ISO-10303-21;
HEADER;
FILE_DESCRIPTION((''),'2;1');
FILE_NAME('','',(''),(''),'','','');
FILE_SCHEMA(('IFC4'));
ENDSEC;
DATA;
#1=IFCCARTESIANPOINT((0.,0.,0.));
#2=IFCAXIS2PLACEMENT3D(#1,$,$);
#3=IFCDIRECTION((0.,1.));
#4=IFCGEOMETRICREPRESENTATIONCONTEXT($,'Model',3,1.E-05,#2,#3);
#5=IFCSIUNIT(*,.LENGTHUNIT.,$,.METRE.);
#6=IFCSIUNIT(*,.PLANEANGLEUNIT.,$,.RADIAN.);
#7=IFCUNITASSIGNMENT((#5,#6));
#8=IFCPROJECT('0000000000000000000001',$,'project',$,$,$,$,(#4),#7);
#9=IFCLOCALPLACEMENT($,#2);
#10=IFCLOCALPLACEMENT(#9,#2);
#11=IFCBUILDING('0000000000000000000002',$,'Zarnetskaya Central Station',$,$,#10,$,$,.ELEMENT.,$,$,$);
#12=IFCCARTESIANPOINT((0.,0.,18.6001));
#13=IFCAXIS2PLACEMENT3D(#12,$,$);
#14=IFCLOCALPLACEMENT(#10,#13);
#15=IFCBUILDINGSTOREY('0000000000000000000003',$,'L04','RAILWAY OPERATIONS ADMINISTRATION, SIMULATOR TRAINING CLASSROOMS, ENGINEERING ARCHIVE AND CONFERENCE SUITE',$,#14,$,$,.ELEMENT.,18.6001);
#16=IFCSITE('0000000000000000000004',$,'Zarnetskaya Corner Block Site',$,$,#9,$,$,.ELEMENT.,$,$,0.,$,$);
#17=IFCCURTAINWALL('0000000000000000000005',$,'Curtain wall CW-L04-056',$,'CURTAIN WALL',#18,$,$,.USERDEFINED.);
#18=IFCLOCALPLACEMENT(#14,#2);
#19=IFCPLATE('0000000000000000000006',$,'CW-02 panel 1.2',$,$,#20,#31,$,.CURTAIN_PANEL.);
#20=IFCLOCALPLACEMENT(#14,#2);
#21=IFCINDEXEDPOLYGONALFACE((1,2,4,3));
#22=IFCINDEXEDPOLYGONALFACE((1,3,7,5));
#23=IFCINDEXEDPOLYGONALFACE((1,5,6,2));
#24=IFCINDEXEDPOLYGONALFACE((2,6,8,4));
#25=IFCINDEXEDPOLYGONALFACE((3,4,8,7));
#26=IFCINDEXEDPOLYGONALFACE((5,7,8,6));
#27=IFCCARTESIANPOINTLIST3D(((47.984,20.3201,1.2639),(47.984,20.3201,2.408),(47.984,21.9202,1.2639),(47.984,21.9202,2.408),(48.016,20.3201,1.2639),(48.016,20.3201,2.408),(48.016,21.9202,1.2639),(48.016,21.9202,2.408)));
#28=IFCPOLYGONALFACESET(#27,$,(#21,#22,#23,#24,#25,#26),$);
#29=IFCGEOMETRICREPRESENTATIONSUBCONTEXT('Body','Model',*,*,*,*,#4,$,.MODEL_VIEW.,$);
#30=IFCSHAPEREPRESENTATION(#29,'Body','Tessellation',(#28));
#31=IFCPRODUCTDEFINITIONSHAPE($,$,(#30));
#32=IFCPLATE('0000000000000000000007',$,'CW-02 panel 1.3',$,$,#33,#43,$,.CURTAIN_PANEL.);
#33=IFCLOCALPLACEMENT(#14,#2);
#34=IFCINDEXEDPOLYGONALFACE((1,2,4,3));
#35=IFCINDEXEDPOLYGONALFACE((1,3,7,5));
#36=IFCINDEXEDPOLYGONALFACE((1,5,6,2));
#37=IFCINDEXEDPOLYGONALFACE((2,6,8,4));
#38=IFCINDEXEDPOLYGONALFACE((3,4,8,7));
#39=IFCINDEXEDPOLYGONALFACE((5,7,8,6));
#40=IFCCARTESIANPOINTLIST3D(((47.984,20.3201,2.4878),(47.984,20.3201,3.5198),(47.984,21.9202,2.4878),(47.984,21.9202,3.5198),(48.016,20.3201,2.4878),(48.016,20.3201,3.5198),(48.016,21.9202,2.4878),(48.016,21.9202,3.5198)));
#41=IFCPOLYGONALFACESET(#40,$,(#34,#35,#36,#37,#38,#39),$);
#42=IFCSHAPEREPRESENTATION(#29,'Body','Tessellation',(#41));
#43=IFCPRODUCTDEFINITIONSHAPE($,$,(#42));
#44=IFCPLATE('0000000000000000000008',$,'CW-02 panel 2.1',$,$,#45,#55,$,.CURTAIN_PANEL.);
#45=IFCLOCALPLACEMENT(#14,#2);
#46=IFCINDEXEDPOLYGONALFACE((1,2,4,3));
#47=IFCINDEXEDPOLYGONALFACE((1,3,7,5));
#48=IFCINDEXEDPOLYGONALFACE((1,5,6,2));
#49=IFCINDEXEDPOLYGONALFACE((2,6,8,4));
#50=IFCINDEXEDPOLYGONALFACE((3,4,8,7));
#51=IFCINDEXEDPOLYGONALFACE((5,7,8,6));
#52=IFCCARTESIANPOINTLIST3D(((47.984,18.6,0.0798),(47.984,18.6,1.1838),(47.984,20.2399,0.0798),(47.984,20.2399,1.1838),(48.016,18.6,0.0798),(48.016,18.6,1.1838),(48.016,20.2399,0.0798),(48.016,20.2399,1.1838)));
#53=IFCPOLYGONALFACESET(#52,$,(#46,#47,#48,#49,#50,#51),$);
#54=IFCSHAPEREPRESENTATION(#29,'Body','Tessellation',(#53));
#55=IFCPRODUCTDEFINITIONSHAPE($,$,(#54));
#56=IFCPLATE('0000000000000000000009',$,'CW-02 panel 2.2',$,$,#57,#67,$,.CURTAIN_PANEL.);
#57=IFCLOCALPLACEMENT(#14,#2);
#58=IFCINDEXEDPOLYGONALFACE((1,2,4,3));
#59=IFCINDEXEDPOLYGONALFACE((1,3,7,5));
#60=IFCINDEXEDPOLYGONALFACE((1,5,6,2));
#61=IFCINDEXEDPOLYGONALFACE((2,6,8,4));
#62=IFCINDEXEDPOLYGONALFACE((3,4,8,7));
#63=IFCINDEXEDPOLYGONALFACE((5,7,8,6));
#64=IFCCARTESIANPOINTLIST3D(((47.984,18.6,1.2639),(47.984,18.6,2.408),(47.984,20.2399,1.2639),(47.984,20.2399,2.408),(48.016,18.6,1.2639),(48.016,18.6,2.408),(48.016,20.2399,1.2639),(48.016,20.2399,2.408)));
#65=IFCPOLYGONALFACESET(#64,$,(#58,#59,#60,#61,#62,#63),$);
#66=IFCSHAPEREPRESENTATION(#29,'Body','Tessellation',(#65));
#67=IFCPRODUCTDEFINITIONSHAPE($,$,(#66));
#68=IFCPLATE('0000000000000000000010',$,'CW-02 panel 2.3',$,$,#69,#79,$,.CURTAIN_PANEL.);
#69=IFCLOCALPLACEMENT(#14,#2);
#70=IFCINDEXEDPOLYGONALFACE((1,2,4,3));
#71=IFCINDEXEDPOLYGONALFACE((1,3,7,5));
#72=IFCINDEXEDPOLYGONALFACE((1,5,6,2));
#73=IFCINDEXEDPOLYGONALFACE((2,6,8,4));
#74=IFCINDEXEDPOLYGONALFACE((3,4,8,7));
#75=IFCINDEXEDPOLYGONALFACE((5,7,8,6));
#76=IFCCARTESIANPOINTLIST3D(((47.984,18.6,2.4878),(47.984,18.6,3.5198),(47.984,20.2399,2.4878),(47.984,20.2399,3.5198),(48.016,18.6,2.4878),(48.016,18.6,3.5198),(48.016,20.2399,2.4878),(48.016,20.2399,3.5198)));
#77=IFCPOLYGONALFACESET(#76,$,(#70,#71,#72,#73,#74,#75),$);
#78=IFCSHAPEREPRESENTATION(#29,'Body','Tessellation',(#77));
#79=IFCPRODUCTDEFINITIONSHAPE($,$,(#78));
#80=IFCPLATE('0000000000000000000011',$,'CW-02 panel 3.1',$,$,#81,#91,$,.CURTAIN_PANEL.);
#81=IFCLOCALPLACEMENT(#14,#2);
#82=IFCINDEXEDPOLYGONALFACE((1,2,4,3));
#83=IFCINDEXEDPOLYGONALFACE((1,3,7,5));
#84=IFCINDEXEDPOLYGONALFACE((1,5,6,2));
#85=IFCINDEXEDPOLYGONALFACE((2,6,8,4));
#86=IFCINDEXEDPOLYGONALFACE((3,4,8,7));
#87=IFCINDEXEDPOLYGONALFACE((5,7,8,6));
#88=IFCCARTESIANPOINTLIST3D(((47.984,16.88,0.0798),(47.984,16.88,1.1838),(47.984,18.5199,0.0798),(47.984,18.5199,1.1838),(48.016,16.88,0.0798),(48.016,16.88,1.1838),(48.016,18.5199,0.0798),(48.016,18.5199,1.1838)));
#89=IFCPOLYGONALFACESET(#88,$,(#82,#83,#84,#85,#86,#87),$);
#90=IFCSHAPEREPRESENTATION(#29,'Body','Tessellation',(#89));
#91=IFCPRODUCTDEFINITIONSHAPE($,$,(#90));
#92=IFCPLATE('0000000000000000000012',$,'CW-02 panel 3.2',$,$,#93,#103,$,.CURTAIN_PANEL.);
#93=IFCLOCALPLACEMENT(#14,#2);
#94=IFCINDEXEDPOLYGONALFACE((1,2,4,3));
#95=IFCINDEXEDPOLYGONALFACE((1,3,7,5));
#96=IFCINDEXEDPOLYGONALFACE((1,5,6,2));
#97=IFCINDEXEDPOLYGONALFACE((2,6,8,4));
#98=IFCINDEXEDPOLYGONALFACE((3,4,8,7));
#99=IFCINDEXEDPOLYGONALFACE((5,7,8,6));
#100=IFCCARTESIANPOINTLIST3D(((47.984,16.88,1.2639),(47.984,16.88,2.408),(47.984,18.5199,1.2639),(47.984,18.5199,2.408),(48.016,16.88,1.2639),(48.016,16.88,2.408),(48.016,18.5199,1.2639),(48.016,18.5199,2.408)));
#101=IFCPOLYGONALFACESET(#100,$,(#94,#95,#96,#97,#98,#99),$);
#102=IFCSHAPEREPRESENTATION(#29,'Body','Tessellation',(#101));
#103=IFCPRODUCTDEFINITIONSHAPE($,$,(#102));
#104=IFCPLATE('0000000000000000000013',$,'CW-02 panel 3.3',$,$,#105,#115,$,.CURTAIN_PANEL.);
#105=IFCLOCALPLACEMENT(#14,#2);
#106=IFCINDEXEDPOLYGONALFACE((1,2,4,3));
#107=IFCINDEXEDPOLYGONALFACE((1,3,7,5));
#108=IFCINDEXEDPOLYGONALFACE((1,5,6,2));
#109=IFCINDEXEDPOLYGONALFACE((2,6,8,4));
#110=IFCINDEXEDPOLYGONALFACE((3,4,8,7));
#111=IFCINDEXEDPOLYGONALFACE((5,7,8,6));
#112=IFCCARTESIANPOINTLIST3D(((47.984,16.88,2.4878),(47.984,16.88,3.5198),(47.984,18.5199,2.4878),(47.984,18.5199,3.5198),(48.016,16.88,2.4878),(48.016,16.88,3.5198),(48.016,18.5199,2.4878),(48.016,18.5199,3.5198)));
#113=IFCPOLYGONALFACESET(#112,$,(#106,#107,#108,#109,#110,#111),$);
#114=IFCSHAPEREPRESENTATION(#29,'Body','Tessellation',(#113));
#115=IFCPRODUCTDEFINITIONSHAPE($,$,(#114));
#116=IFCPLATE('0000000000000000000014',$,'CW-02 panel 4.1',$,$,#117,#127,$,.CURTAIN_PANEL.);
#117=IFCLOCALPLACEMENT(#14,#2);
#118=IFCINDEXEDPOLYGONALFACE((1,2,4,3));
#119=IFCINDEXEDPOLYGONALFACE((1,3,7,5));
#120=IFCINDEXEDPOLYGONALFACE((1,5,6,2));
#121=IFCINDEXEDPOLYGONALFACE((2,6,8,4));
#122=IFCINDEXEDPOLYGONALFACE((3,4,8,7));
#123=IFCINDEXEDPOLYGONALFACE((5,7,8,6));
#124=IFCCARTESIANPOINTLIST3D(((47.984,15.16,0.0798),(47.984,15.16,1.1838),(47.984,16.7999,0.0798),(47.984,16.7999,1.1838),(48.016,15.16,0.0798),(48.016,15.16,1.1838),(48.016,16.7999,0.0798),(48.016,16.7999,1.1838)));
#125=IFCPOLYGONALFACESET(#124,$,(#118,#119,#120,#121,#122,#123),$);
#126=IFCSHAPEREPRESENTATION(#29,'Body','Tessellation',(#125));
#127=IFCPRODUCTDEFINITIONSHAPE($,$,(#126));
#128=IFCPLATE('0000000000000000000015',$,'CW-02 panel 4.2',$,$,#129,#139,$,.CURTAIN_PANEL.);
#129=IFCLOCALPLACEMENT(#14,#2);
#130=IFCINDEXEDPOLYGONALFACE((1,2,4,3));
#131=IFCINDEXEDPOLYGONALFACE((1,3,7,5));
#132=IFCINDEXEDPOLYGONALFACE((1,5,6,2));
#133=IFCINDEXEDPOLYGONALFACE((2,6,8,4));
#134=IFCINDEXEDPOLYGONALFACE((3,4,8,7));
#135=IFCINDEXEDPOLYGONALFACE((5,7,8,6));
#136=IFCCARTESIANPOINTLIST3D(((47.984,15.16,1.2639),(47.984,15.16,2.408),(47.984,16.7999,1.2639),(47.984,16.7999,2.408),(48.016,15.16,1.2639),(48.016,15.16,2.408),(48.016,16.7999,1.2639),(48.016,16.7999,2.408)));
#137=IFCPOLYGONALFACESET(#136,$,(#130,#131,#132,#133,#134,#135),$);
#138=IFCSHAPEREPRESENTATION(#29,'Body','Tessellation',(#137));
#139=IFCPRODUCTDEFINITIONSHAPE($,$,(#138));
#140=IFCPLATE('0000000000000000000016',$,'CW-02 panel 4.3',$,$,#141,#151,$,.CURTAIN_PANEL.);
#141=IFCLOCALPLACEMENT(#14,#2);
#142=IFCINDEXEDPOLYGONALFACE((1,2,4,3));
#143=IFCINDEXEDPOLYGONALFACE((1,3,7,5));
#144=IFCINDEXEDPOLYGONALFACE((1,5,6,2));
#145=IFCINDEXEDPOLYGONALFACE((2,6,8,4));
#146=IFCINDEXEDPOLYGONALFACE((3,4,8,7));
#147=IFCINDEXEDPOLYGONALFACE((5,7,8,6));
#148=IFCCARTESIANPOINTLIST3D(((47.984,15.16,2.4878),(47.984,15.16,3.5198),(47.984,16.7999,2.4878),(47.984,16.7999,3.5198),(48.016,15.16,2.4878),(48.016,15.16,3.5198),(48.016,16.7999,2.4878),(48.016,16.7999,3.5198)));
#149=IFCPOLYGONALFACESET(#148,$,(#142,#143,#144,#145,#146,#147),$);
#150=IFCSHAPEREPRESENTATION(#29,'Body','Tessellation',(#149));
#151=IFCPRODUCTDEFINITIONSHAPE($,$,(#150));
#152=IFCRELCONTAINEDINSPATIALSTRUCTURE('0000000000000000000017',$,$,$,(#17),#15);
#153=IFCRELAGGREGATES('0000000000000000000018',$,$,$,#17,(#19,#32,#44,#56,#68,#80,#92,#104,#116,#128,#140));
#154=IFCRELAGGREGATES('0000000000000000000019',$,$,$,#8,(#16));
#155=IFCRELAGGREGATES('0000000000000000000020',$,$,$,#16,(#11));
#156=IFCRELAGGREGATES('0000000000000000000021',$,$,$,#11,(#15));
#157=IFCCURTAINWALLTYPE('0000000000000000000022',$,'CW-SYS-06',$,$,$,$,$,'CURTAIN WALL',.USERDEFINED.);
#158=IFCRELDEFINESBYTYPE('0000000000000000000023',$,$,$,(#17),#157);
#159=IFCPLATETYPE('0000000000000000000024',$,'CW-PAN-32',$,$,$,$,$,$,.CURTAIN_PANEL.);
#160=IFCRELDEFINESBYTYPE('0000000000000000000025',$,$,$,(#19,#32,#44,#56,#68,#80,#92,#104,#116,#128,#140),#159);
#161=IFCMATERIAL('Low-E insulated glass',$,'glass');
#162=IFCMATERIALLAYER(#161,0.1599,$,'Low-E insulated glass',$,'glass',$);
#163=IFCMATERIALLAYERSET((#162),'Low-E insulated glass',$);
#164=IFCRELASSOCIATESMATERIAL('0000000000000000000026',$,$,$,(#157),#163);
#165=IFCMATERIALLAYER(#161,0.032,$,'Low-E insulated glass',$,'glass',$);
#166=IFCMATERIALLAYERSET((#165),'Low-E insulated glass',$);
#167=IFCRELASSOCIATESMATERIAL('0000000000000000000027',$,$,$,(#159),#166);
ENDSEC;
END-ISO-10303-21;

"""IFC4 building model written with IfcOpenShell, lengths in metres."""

from ifc_helpers import new_model, si_unit, direction, frame, origin, origin_2d, place, context, subcontext, project, spatial, rectangle, extrude, material, layer, layer_set, type_object, element, aggregate, save


model = new_model("IFC4")

# Units and contexts
model_context = context("Model", 3, precision=1e-05, world=origin(), true_north=direction((0.0, 1.0)))
body_context = subcontext(model_context, "Body", "Model", "MODEL_VIEW")
ifc_project = project(units=[si_unit("LENGTHUNIT", "METRE"), si_unit("PLANEANGLEUNIT", "RADIAN")], contexts=[model_context])

# Site, building, storey
site_placement = place(None, origin())
site = spatial("IfcSite", under=ifc_project, at=site_placement, Name="Zarnetskaya Corner Block Site", CompositionType="ELEMENT", RefElevation=0.0)
building_placement = place(site_placement, origin())
building = spatial("IfcBuilding", under=site, at=building_placement, Name="Zarnetskaya Central Station", CompositionType="ELEMENT")
storey_placement = place(building_placement, frame((0.0, 0.0, 18.6001)))
storey = spatial("IfcBuildingStorey", under=building, at=storey_placement, Name="L04", Description="RAILWAY OPERATIONS ADMINISTRATION, SIMULATOR TRAINING CLASSROOMS, ENGINEERING ARCHIVE AND CONFERENCE SUITE", CompositionType="ELEMENT", Elevation=18.6001)

# Shared definitions
ifc_material_1 = material(Name="Low-E insulated glass", Category="glass")

# Curtain wall
ifc_layer_1 = layer(ifc_material_1, 0.1599, Name="Low-E insulated glass", Category="glass")
ifc_layer_set_1 = layer_set([ifc_layer_1], Name="Low-E insulated glass")
curtain_wall_type_1 = type_object("IfcCurtainWallType", Name="CW-SYS-06", ElementType="CURTAIN WALL", PredefinedType="USERDEFINED", material=ifc_layer_set_1)
curtain_wall_1_placement = place(storey_placement, origin())
curtain_wall_1 = element("IfcCurtainWall", 1, at=curtain_wall_1_placement, inside=storey, type_object=curtain_wall_type_1, Name="Curtain wall CW-L04-056", ObjectType="CURTAIN WALL", PredefinedType="USERDEFINED")

# Plates
ifc_layer_2 = layer(ifc_material_1, 0.032, Name="Low-E insulated glass", Category="glass")
ifc_layer_set_2 = layer_set([ifc_layer_2], Name="Low-E insulated glass")
plate_type_1 = type_object("IfcPlateType", Name="CW-PAN-32", PredefinedType="CURTAIN_PANEL", material=ifc_layer_set_2)
plate_1_placement = place(storey_placement, frame((48.0, 21.1201, 1.2639), z_axis=(0.0, 0.0, 1.0), x_axis=(0.0, -1.0, 0.0)))
plate_1 = element("IfcPlate", 2, at=plate_1_placement, type_object=plate_type_1, Name="CW-02 panel 1.2", PredefinedType="CURTAIN_PANEL", context=body_context, shape_type="SweptSolid", body=[
    extrude(rectangle(XDim=1.6001, YDim=0.032, at=origin_2d()), origin(), (0.0, 0.0, 1.0), 1.144),
])
plate_2_placement = place(storey_placement, frame((48.0, 21.1201, 2.4878), z_axis=(0.0, 0.0, 1.0), x_axis=(0.0, -1.0, 0.0)))
plate_2 = element("IfcPlate", 3, at=plate_2_placement, type_object=plate_type_1, Name="CW-02 panel 1.3", PredefinedType="CURTAIN_PANEL", context=body_context, shape_type="SweptSolid", body=[
    extrude(rectangle(XDim=1.6001, YDim=0.032, at=origin_2d()), origin(), (0.0, 0.0, 1.0), 1.032),
])
plate_3_placement = place(storey_placement, frame((48.0, 19.4199, 0.0798), z_axis=(0.0, 0.0, 1.0), x_axis=(0.0, -1.0, 0.0)))
plate_3 = element("IfcPlate", 4, at=plate_3_placement, type_object=plate_type_1, Name="CW-02 panel 2.1", PredefinedType="CURTAIN_PANEL", context=body_context, shape_type="SweptSolid", body=[
    extrude(rectangle(XDim=1.6399, YDim=0.032, at=origin_2d()), origin(), (0.0, 0.0, 1.0), 1.104),
])
plate_4_placement = place(storey_placement, frame((48.0, 19.4199, 1.2639), z_axis=(0.0, 0.0, 1.0), x_axis=(0.0, -1.0, 0.0)))
plate_4 = element("IfcPlate", 5, at=plate_4_placement, type_object=plate_type_1, Name="CW-02 panel 2.2", PredefinedType="CURTAIN_PANEL", context=body_context, shape_type="SweptSolid", body=[
    extrude(rectangle(XDim=1.6399, YDim=0.032, at=origin_2d()), origin(), (0.0, 0.0, 1.0), 1.144),
])
plate_5_placement = place(storey_placement, frame((48.0, 19.4199, 2.4878), z_axis=(0.0, 0.0, 1.0), x_axis=(0.0, -1.0, 0.0)))
plate_5 = element("IfcPlate", 6, at=plate_5_placement, type_object=plate_type_1, Name="CW-02 panel 2.3", PredefinedType="CURTAIN_PANEL", context=body_context, shape_type="SweptSolid", body=[
    extrude(rectangle(XDim=1.6399, YDim=0.032, at=origin_2d()), origin(), (0.0, 0.0, 1.0), 1.032),
])
plate_6_placement = place(storey_placement, frame((48.0, 17.7, 0.0798), z_axis=(0.0, 0.0, 1.0), x_axis=(0.0, -1.0, 0.0)))
plate_6 = element("IfcPlate", 7, at=plate_6_placement, type_object=plate_type_1, Name="CW-02 panel 3.1", PredefinedType="CURTAIN_PANEL", context=body_context, shape_type="SweptSolid", body=[
    extrude(rectangle(XDim=1.6399, YDim=0.032, at=origin_2d()), origin(), (0.0, 0.0, 1.0), 1.104),
])
plate_7_placement = place(storey_placement, frame((48.0, 17.7, 1.2639), z_axis=(0.0, 0.0, 1.0), x_axis=(0.0, -1.0, 0.0)))
plate_7 = element("IfcPlate", 8, at=plate_7_placement, type_object=plate_type_1, Name="CW-02 panel 3.2", PredefinedType="CURTAIN_PANEL", context=body_context, shape_type="SweptSolid", body=[
    extrude(rectangle(XDim=1.6399, YDim=0.032, at=origin_2d()), origin(), (0.0, 0.0, 1.0), 1.144),
])
plate_8_placement = place(storey_placement, frame((48.0, 17.7, 2.4878), z_axis=(0.0, 0.0, 1.0), x_axis=(0.0, -1.0, 0.0)))
plate_8 = element("IfcPlate", 9, at=plate_8_placement, type_object=plate_type_1, Name="CW-02 panel 3.3", PredefinedType="CURTAIN_PANEL", context=body_context, shape_type="SweptSolid", body=[
    extrude(rectangle(XDim=1.6399, YDim=0.032, at=origin_2d()), origin(), (0.0, 0.0, 1.0), 1.032),
])
plate_9_placement = place(storey_placement, frame((48.0, 15.98, 0.0798), z_axis=(0.0, 0.0, 1.0), x_axis=(0.0, -1.0, 0.0)))
plate_9 = element("IfcPlate", 10, at=plate_9_placement, type_object=plate_type_1, Name="CW-02 panel 4.1", PredefinedType="CURTAIN_PANEL", context=body_context, shape_type="SweptSolid", body=[
    extrude(rectangle(XDim=1.6399, YDim=0.032, at=origin_2d()), origin(), (0.0, 0.0, 1.0), 1.104),
])
plate_10_placement = place(storey_placement, frame((48.0, 15.98, 1.2639), z_axis=(0.0, 0.0, 1.0), x_axis=(0.0, -1.0, 0.0)))
plate_10 = element("IfcPlate", 11, at=plate_10_placement, type_object=plate_type_1, Name="CW-02 panel 4.2", PredefinedType="CURTAIN_PANEL", context=body_context, shape_type="SweptSolid", body=[
    extrude(rectangle(XDim=1.6399, YDim=0.032, at=origin_2d()), origin(), (0.0, 0.0, 1.0), 1.144),
])
plate_11_placement = place(storey_placement, frame((48.0, 15.98, 2.4878), z_axis=(0.0, 0.0, 1.0), x_axis=(0.0, -1.0, 0.0)))
plate_11 = element("IfcPlate", 12, at=plate_11_placement, type_object=plate_type_1, Name="CW-02 panel 4.3", PredefinedType="CURTAIN_PANEL", context=body_context, shape_type="SweptSolid", body=[
    extrude(rectangle(XDim=1.6399, YDim=0.032, at=origin_2d()), origin(), (0.0, 0.0, 1.0), 1.032),
])
aggregate(curtain_wall_1, [plate_1, plate_2, plate_3, plate_4, plate_5, plate_6, plate_7, plate_8, plate_9, plate_10, plate_11])

save(model, "model.ifc")
